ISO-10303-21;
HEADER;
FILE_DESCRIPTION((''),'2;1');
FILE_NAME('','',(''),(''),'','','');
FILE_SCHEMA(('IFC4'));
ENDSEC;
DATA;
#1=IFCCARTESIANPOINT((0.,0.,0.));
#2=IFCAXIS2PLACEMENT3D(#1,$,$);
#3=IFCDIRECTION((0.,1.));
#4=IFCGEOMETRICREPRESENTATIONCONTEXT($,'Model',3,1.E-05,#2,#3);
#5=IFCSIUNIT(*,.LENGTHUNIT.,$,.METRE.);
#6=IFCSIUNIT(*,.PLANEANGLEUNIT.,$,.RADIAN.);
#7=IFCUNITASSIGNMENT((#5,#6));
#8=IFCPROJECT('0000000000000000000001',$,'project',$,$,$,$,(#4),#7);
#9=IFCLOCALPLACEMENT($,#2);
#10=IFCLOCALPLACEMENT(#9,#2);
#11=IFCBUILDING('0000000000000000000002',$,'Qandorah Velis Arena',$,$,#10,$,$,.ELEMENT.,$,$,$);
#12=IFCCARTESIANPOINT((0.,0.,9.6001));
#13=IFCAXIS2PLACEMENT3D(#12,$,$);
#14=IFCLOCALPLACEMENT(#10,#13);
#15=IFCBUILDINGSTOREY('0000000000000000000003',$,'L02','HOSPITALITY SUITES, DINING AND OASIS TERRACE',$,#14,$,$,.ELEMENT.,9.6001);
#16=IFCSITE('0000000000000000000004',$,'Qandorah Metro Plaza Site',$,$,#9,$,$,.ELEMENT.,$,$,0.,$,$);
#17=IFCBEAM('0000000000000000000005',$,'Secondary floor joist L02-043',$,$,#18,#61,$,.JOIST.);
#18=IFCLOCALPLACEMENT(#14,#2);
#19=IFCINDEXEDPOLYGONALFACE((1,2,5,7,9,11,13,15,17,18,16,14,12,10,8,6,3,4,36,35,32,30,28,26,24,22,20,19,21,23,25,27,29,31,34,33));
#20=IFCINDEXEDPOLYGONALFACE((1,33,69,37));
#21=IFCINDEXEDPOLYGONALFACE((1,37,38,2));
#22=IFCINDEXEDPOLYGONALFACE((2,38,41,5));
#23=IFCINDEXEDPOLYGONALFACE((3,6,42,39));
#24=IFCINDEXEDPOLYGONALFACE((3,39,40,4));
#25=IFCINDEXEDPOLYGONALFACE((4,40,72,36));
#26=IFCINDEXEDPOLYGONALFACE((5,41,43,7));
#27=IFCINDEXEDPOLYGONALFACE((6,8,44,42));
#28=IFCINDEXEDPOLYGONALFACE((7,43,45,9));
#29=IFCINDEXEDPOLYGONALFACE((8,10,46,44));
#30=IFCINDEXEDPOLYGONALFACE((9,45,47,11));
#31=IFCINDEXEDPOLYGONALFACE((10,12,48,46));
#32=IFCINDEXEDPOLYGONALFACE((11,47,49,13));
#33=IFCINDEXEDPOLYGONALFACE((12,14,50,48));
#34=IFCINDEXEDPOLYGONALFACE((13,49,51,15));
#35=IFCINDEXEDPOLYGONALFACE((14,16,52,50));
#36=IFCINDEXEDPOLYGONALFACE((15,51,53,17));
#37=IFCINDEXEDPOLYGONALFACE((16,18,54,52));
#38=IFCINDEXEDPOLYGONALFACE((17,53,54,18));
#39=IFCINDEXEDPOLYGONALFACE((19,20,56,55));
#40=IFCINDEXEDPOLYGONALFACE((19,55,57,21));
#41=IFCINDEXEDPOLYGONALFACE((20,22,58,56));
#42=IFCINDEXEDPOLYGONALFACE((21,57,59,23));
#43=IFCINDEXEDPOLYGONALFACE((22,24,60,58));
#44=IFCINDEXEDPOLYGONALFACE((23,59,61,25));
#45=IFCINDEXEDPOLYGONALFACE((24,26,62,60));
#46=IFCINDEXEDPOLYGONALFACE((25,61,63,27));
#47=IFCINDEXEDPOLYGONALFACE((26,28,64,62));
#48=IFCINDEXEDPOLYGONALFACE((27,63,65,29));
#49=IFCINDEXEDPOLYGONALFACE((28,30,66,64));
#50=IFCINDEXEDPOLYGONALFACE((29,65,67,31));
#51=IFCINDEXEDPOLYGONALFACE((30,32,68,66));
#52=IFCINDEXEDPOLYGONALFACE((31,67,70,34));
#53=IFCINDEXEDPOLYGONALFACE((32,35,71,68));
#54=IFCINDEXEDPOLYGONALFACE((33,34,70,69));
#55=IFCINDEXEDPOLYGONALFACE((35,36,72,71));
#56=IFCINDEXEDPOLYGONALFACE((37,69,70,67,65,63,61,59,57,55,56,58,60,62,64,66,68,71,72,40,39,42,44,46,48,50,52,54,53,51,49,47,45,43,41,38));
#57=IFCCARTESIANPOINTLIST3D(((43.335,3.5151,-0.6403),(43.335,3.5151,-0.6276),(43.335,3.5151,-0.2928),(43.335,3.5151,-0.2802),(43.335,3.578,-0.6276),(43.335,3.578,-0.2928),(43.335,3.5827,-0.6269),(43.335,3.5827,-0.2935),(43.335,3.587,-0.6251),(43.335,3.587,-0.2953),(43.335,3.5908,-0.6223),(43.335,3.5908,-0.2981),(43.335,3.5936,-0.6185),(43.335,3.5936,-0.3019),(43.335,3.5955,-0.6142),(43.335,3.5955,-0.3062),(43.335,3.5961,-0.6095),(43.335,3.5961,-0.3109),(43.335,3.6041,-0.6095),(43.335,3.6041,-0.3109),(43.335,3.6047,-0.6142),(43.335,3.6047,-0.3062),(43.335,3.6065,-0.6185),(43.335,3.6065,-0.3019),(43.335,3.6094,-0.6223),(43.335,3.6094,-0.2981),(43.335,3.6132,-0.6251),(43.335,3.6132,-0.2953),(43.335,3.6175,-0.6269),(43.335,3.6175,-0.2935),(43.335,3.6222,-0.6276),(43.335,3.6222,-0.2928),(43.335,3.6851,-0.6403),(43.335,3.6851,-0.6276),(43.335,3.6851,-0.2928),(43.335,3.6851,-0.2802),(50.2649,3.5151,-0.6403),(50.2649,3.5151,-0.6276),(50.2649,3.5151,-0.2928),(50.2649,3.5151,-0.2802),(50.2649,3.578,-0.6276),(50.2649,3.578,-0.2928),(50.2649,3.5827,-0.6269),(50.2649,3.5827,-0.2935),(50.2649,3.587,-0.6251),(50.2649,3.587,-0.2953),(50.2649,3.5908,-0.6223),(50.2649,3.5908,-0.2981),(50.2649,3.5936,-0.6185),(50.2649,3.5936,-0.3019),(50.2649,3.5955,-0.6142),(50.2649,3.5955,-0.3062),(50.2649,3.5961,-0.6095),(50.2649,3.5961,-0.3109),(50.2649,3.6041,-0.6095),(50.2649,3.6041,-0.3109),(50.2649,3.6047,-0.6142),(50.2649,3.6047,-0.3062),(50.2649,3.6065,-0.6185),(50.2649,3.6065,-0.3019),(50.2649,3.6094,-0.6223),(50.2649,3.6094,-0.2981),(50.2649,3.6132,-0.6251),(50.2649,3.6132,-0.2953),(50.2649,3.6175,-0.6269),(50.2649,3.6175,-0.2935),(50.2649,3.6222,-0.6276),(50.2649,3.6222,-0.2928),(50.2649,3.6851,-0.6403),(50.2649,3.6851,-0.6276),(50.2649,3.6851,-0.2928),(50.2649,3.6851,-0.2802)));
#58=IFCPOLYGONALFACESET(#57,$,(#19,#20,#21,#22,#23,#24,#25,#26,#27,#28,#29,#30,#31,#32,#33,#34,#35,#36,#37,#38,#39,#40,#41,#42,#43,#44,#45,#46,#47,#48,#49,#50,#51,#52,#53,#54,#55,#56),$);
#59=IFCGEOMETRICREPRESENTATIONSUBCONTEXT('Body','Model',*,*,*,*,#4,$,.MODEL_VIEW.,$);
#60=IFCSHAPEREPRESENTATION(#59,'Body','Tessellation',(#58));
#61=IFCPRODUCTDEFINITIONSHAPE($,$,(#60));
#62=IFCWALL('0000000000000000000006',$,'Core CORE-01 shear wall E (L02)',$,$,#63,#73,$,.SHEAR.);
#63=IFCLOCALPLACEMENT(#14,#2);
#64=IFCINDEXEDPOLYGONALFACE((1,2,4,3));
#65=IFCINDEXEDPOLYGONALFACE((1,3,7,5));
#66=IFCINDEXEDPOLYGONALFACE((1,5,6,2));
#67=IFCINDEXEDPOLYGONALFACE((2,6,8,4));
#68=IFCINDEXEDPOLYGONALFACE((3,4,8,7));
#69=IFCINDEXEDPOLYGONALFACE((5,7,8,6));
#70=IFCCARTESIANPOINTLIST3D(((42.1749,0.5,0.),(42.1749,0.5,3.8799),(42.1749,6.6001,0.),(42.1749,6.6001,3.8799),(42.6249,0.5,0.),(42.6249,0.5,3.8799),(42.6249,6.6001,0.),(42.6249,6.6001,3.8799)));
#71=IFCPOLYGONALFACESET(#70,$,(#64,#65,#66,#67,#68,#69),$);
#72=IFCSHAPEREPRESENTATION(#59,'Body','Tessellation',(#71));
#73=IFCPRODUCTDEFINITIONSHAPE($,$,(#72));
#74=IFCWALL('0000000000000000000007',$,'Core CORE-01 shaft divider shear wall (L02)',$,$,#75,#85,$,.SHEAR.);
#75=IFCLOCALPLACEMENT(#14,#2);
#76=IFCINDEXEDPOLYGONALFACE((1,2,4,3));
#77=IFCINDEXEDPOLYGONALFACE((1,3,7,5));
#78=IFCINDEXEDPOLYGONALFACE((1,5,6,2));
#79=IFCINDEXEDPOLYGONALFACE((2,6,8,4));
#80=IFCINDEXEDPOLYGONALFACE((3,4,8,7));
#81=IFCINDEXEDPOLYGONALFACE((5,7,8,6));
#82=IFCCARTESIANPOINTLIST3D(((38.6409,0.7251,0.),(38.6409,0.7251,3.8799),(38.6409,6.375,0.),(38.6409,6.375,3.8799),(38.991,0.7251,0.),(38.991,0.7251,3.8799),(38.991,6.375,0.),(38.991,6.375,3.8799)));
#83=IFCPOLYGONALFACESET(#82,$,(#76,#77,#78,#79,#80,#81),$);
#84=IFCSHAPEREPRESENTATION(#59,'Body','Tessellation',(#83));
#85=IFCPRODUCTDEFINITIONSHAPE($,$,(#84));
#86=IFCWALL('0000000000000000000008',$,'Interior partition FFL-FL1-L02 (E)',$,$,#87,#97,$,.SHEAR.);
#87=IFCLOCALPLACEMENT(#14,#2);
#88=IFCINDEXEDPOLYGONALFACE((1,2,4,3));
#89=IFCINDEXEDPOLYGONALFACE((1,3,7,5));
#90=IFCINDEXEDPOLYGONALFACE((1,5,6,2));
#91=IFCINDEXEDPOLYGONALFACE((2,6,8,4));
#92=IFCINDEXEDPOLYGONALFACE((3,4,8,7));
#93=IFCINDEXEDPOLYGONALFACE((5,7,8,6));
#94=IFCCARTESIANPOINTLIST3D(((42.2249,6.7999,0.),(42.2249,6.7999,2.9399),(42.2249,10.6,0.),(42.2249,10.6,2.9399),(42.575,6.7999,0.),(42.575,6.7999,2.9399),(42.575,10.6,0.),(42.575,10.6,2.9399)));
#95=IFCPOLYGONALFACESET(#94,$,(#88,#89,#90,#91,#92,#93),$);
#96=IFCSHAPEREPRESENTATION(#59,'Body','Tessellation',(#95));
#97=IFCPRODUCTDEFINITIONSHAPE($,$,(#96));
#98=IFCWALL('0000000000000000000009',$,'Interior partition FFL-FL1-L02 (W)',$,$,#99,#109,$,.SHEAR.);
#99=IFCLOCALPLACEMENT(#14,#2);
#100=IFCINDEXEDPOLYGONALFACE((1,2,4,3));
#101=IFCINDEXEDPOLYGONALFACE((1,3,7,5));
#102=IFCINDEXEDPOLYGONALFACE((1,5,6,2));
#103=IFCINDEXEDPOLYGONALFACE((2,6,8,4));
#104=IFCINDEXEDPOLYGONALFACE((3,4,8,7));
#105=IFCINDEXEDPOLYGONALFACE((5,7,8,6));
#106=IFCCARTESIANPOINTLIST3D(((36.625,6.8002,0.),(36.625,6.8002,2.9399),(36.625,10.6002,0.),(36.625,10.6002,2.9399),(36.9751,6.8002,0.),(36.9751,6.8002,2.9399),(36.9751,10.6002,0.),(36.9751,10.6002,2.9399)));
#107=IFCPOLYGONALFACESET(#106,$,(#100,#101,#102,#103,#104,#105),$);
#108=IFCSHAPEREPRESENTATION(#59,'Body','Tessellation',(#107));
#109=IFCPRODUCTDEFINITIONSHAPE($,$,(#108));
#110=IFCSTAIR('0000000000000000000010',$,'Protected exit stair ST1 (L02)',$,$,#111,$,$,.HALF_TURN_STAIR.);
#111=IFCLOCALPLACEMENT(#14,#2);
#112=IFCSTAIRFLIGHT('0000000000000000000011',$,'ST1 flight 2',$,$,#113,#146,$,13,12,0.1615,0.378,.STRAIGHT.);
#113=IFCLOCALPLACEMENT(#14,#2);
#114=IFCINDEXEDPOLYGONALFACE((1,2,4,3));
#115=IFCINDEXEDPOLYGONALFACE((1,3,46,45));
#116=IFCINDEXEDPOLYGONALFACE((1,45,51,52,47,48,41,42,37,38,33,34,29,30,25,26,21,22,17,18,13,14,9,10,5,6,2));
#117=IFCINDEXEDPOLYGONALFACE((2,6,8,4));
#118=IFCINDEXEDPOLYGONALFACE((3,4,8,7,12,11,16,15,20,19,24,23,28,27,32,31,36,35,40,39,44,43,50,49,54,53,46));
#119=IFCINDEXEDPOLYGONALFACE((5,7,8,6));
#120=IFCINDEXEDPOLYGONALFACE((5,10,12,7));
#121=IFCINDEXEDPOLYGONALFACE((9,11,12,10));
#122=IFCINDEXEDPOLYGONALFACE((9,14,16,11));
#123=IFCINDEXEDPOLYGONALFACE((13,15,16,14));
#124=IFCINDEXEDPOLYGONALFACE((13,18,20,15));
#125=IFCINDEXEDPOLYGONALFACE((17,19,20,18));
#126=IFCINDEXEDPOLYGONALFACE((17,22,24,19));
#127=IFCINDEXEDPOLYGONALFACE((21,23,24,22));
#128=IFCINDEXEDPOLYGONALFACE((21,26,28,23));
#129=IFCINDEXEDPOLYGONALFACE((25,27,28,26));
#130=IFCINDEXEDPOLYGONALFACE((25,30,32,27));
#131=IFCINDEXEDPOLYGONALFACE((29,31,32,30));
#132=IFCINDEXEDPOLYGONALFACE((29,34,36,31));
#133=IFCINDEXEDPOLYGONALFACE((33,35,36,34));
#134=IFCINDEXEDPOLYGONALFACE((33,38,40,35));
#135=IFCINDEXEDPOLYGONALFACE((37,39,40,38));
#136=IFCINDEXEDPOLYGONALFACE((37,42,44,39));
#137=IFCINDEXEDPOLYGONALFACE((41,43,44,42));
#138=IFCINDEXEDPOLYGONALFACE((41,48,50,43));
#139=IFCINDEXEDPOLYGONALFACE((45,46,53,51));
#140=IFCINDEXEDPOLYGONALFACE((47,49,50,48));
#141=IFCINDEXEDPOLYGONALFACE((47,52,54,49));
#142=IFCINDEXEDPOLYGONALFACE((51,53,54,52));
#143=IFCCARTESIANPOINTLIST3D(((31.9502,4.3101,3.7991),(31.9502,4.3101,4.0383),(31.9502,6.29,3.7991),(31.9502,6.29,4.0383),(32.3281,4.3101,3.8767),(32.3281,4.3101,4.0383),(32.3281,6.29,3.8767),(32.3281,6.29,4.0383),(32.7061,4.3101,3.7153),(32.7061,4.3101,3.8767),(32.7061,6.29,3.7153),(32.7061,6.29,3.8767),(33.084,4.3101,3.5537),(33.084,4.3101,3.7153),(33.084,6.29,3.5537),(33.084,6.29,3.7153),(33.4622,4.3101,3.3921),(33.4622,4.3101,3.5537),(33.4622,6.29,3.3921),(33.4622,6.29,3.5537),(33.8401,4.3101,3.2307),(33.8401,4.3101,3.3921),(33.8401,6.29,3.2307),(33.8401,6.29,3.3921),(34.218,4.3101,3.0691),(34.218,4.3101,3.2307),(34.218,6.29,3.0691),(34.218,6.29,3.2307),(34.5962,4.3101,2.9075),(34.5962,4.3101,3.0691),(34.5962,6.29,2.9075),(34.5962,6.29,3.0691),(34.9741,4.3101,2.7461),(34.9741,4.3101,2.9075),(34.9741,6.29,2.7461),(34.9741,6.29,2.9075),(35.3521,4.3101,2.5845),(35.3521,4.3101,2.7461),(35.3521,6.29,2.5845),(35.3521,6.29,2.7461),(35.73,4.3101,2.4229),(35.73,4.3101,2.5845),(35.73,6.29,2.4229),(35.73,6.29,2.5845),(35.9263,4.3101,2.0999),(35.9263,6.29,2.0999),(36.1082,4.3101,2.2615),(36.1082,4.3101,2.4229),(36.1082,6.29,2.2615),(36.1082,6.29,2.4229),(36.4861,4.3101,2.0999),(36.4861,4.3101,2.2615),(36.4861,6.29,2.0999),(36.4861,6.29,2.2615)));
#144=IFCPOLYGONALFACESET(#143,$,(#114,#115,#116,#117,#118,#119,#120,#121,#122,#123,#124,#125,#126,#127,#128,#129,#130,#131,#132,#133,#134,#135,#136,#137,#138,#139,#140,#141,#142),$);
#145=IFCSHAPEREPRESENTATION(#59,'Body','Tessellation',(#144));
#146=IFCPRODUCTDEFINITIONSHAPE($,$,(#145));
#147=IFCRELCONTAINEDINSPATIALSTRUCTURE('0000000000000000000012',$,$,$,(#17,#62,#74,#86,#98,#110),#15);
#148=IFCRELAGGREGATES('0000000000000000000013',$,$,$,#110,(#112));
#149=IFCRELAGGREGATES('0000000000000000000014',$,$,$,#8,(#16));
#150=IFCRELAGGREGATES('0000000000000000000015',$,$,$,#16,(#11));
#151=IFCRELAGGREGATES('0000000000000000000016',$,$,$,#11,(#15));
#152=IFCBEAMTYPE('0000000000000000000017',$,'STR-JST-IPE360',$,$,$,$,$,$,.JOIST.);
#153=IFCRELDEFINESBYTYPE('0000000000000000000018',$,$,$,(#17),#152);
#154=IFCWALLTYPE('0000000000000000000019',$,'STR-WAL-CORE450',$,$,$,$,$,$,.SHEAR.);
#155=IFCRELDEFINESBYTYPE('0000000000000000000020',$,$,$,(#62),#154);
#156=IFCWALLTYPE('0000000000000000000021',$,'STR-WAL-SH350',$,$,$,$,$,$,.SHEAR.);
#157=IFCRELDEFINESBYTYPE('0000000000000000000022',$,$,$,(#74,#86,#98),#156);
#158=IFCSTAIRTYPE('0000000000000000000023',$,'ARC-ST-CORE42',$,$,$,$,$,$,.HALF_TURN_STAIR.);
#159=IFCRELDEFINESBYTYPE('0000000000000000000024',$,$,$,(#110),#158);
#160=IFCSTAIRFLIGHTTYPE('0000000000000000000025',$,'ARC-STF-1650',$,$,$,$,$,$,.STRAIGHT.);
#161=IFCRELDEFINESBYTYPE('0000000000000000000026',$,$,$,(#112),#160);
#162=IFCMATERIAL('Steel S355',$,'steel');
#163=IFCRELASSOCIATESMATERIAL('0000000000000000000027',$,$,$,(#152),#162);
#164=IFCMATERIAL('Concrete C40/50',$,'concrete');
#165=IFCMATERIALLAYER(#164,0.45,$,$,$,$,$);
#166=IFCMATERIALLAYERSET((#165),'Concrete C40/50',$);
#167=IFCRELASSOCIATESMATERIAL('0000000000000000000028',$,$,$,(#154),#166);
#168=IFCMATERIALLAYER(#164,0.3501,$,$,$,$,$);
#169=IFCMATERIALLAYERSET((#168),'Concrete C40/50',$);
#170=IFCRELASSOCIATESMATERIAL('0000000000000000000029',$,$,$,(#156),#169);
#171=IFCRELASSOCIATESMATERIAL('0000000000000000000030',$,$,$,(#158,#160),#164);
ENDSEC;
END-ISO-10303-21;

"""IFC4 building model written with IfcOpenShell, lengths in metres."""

from ifc_helpers import new_model, si_unit, direction, frame, frame_2d, origin, origin_2d, place, context, subcontext, project, spatial, polyline, rectangle, i_section, outline, extrude, material, layer, layer_set, material_profile, profile_set, type_object, element, aggregate, save


model = new_model("IFC4")

# Units and contexts
model_context = context("Model", 3, precision=1e-05, world=origin(), true_north=direction((0.0, 1.0)))
body_context = subcontext(model_context, "Body", "Model", "MODEL_VIEW")
ifc_project = project(units=[si_unit("LENGTHUNIT", "METRE"), si_unit("PLANEANGLEUNIT", "RADIAN")], contexts=[model_context])

# Site, building, storey
site_placement = place(None, origin())
site = spatial("IfcSite", under=ifc_project, at=site_placement, Name="Qandorah Metro Plaza Site", CompositionType="ELEMENT", RefElevation=0.0)
building_placement = place(site_placement, origin())
building = spatial("IfcBuilding", under=site, at=building_placement, Name="Qandorah Velis Arena", CompositionType="ELEMENT")
storey_placement = place(building_placement, frame((0.0, 0.0, 9.6001)))
storey = spatial("IfcBuildingStorey", under=building, at=storey_placement, Name="L02", Description="HOSPITALITY SUITES, DINING AND OASIS TERRACE", CompositionType="ELEMENT", Elevation=9.6001)

# Shared definitions
ifc_material_1 = material(Name="Concrete C40/50", Category="concrete")
ifc_material_2 = material(Name="Steel S355", Category="steel")

# Beam
ifc_material_profile_1 = material_profile(ifc_material_2, i_section(OverallWidth=0.1699, OverallDepth=0.3601, WebThickness=0.0081, FlangeThickness=0.0127, FilletRadius=0.0181, at=origin_2d()), Name="IPE 360")
ifc_profile_set_1 = profile_set([ifc_material_profile_1], Name="Steel S355")
beam_type_1 = type_object("IfcBeamType", Name="STR-JST-IPE360", PredefinedType="JOIST", material=ifc_profile_set_1)
beam_1_placement = place(storey_placement, frame((43.335, 3.6001, -0.4602), z_axis=(1.0, 0.0, 0.0), x_axis=(0.0, 1.0, 0.0)))
element("IfcBeam", 1, at=beam_1_placement, inside=storey, type_object=beam_type_1, Name="Secondary floor joist L02-043", PredefinedType="JOIST", context=body_context, shape_type="SweptSolid", body=[
    extrude(i_section(OverallWidth=0.1699, OverallDepth=0.3601, WebThickness=0.0081, FlangeThickness=0.0127, FilletRadius=0.0181, at=origin_2d()), origin(), (0.0, 0.0, 1.0), 6.9299),
])

# Walls
ifc_layer_1 = layer(ifc_material_1, 0.45)
ifc_layer_set_1 = layer_set([ifc_layer_1], Name="Concrete C40/50")
wall_type_1 = type_object("IfcWallType", Name="STR-WAL-CORE450", PredefinedType="SHEAR", material=ifc_layer_set_1)
wall_1_placement = place(storey_placement, frame((42.3999, 0.5, 0.0), z_axis=(0.0, 0.0, 1.0), x_axis=(0.0, 1.0, 0.0)))
element("IfcWall", 2, at=wall_1_placement, inside=storey, type_object=wall_type_1, Name="Core CORE-01 shear wall E (L02)", PredefinedType="SHEAR", context=body_context, shape_type="SweptSolid", body=[
    extrude(rectangle(XDim=6.1001, YDim=0.45, at=frame_2d((3.05, 0.0))), origin(), (0.0, 0.0, 1.0), 3.8799),
])
ifc_layer_2 = layer(ifc_material_1, 0.3501)
ifc_layer_set_2 = layer_set([ifc_layer_2], Name="Concrete C40/50")
wall_type_2 = type_object("IfcWallType", Name="STR-WAL-SH350", PredefinedType="SHEAR", material=ifc_layer_set_2)
wall_2_placement = place(storey_placement, frame((38.8159, 0.7251, 0.0), z_axis=(0.0, 0.0, 1.0), x_axis=(0.0, 1.0, 0.0)))
element("IfcWall", 3, at=wall_2_placement, inside=storey, type_object=wall_type_2, Name="Core CORE-01 shaft divider shear wall (L02)", PredefinedType="SHEAR", context=body_context, shape_type="SweptSolid", body=[
    extrude(rectangle(XDim=5.6499, YDim=0.3501, at=frame_2d((2.825, 0.0))), origin(), (0.0, 0.0, 1.0), 3.8799),
])
for number, where, z_axis, x_axis, name in (
    (4, (42.3999, 6.8, 0.0), (0.0, 0.0, 1.0), (0.0, 1.0, 0.0), "Interior partition FFL-FL1-L02 (E)"),
    (5, (36.8, 10.6001, 0.0), (0.0, 0.0, 1.0), (0.0, -1.0, 0.0), "Interior partition FFL-FL1-L02 (W)"),
):
    element("IfcWall", number, at=place(storey_placement, frame(where, z_axis=z_axis, x_axis=x_axis)), inside=storey, type_object=wall_type_2, Name=name, PredefinedType="SHEAR", context=body_context, shape_type="SweptSolid", body=[
        extrude(rectangle(XDim=3.8, YDim=0.3501, at=frame_2d((1.8999, 0.0))), origin(), (0.0, 0.0, 1.0), 2.9399),
    ])

# Stair, stair flight
stair_type = type_object("IfcStairType", Name="ARC-ST-CORE42", PredefinedType="HALF_TURN_STAIR", material=ifc_material_1)
stair_placement = place(storey_placement, origin())
stair = element("IfcStair", 6, at=stair_placement, inside=storey, type_object=stair_type, Name="Protected exit stair ST1 (L02)", PredefinedType="HALF_TURN_STAIR")
stair_flight_type = type_object("IfcStairFlightType", Name="ARC-STF-1650", PredefinedType="STRAIGHT", material=ifc_material_1)
stair_flight_placement = place(storey_placement, frame((36.4861, 5.3, 2.0999), z_axis=(0.0, 0.0, 1.0), x_axis=(-1.0, 0.0, 0.0)))
stair_flight = element("IfcStairFlight", 7, at=stair_flight_placement, type_object=stair_flight_type, Name="ST1 flight 2", NumberOfRisers=13, NumberOfTreads=12, PredefinedType="STRAIGHT", RiserHeight=0.1615, TreadLength=0.378, context=body_context, shape_type="SweptSolid", body=[
    extrude(outline(polyline([(0.0, 0.0), (0.0, 0.1616), (0.3779, 0.1616), (0.3779, 0.323), (0.7561, 0.323), (0.7561, 0.4846), (1.134, 0.4846), (1.134, 0.6462), (1.512, 0.6462), (1.512, 0.8076), (1.8899, 0.8076), (1.8899, 0.9692), (2.2681, 0.9692), (2.2681, 1.1309), (2.646, 1.1309), (2.646, 1.2922), (3.0239, 1.2922), (3.0239, 1.4539), (3.4021, 1.4539), (3.4021, 1.6155), (3.78, 1.6155), (3.78, 1.7769), (4.158, 1.7769), (4.158, 1.9385), (4.5359, 1.9385), (4.5359, 2.1001), (4.5359, 1.6992), (0.5598, 0.0), (0.0, 0.0)])), frame((0.0, 0.99, 0.0), z_axis=(0.0, -1.0, 0.0), x_axis=(1.0, 0.0, 0.0)), (0.0, 0.0, 1.0), 1.98),
])
aggregate(stair, [stair_flight])

save(model, "model.ifc")
